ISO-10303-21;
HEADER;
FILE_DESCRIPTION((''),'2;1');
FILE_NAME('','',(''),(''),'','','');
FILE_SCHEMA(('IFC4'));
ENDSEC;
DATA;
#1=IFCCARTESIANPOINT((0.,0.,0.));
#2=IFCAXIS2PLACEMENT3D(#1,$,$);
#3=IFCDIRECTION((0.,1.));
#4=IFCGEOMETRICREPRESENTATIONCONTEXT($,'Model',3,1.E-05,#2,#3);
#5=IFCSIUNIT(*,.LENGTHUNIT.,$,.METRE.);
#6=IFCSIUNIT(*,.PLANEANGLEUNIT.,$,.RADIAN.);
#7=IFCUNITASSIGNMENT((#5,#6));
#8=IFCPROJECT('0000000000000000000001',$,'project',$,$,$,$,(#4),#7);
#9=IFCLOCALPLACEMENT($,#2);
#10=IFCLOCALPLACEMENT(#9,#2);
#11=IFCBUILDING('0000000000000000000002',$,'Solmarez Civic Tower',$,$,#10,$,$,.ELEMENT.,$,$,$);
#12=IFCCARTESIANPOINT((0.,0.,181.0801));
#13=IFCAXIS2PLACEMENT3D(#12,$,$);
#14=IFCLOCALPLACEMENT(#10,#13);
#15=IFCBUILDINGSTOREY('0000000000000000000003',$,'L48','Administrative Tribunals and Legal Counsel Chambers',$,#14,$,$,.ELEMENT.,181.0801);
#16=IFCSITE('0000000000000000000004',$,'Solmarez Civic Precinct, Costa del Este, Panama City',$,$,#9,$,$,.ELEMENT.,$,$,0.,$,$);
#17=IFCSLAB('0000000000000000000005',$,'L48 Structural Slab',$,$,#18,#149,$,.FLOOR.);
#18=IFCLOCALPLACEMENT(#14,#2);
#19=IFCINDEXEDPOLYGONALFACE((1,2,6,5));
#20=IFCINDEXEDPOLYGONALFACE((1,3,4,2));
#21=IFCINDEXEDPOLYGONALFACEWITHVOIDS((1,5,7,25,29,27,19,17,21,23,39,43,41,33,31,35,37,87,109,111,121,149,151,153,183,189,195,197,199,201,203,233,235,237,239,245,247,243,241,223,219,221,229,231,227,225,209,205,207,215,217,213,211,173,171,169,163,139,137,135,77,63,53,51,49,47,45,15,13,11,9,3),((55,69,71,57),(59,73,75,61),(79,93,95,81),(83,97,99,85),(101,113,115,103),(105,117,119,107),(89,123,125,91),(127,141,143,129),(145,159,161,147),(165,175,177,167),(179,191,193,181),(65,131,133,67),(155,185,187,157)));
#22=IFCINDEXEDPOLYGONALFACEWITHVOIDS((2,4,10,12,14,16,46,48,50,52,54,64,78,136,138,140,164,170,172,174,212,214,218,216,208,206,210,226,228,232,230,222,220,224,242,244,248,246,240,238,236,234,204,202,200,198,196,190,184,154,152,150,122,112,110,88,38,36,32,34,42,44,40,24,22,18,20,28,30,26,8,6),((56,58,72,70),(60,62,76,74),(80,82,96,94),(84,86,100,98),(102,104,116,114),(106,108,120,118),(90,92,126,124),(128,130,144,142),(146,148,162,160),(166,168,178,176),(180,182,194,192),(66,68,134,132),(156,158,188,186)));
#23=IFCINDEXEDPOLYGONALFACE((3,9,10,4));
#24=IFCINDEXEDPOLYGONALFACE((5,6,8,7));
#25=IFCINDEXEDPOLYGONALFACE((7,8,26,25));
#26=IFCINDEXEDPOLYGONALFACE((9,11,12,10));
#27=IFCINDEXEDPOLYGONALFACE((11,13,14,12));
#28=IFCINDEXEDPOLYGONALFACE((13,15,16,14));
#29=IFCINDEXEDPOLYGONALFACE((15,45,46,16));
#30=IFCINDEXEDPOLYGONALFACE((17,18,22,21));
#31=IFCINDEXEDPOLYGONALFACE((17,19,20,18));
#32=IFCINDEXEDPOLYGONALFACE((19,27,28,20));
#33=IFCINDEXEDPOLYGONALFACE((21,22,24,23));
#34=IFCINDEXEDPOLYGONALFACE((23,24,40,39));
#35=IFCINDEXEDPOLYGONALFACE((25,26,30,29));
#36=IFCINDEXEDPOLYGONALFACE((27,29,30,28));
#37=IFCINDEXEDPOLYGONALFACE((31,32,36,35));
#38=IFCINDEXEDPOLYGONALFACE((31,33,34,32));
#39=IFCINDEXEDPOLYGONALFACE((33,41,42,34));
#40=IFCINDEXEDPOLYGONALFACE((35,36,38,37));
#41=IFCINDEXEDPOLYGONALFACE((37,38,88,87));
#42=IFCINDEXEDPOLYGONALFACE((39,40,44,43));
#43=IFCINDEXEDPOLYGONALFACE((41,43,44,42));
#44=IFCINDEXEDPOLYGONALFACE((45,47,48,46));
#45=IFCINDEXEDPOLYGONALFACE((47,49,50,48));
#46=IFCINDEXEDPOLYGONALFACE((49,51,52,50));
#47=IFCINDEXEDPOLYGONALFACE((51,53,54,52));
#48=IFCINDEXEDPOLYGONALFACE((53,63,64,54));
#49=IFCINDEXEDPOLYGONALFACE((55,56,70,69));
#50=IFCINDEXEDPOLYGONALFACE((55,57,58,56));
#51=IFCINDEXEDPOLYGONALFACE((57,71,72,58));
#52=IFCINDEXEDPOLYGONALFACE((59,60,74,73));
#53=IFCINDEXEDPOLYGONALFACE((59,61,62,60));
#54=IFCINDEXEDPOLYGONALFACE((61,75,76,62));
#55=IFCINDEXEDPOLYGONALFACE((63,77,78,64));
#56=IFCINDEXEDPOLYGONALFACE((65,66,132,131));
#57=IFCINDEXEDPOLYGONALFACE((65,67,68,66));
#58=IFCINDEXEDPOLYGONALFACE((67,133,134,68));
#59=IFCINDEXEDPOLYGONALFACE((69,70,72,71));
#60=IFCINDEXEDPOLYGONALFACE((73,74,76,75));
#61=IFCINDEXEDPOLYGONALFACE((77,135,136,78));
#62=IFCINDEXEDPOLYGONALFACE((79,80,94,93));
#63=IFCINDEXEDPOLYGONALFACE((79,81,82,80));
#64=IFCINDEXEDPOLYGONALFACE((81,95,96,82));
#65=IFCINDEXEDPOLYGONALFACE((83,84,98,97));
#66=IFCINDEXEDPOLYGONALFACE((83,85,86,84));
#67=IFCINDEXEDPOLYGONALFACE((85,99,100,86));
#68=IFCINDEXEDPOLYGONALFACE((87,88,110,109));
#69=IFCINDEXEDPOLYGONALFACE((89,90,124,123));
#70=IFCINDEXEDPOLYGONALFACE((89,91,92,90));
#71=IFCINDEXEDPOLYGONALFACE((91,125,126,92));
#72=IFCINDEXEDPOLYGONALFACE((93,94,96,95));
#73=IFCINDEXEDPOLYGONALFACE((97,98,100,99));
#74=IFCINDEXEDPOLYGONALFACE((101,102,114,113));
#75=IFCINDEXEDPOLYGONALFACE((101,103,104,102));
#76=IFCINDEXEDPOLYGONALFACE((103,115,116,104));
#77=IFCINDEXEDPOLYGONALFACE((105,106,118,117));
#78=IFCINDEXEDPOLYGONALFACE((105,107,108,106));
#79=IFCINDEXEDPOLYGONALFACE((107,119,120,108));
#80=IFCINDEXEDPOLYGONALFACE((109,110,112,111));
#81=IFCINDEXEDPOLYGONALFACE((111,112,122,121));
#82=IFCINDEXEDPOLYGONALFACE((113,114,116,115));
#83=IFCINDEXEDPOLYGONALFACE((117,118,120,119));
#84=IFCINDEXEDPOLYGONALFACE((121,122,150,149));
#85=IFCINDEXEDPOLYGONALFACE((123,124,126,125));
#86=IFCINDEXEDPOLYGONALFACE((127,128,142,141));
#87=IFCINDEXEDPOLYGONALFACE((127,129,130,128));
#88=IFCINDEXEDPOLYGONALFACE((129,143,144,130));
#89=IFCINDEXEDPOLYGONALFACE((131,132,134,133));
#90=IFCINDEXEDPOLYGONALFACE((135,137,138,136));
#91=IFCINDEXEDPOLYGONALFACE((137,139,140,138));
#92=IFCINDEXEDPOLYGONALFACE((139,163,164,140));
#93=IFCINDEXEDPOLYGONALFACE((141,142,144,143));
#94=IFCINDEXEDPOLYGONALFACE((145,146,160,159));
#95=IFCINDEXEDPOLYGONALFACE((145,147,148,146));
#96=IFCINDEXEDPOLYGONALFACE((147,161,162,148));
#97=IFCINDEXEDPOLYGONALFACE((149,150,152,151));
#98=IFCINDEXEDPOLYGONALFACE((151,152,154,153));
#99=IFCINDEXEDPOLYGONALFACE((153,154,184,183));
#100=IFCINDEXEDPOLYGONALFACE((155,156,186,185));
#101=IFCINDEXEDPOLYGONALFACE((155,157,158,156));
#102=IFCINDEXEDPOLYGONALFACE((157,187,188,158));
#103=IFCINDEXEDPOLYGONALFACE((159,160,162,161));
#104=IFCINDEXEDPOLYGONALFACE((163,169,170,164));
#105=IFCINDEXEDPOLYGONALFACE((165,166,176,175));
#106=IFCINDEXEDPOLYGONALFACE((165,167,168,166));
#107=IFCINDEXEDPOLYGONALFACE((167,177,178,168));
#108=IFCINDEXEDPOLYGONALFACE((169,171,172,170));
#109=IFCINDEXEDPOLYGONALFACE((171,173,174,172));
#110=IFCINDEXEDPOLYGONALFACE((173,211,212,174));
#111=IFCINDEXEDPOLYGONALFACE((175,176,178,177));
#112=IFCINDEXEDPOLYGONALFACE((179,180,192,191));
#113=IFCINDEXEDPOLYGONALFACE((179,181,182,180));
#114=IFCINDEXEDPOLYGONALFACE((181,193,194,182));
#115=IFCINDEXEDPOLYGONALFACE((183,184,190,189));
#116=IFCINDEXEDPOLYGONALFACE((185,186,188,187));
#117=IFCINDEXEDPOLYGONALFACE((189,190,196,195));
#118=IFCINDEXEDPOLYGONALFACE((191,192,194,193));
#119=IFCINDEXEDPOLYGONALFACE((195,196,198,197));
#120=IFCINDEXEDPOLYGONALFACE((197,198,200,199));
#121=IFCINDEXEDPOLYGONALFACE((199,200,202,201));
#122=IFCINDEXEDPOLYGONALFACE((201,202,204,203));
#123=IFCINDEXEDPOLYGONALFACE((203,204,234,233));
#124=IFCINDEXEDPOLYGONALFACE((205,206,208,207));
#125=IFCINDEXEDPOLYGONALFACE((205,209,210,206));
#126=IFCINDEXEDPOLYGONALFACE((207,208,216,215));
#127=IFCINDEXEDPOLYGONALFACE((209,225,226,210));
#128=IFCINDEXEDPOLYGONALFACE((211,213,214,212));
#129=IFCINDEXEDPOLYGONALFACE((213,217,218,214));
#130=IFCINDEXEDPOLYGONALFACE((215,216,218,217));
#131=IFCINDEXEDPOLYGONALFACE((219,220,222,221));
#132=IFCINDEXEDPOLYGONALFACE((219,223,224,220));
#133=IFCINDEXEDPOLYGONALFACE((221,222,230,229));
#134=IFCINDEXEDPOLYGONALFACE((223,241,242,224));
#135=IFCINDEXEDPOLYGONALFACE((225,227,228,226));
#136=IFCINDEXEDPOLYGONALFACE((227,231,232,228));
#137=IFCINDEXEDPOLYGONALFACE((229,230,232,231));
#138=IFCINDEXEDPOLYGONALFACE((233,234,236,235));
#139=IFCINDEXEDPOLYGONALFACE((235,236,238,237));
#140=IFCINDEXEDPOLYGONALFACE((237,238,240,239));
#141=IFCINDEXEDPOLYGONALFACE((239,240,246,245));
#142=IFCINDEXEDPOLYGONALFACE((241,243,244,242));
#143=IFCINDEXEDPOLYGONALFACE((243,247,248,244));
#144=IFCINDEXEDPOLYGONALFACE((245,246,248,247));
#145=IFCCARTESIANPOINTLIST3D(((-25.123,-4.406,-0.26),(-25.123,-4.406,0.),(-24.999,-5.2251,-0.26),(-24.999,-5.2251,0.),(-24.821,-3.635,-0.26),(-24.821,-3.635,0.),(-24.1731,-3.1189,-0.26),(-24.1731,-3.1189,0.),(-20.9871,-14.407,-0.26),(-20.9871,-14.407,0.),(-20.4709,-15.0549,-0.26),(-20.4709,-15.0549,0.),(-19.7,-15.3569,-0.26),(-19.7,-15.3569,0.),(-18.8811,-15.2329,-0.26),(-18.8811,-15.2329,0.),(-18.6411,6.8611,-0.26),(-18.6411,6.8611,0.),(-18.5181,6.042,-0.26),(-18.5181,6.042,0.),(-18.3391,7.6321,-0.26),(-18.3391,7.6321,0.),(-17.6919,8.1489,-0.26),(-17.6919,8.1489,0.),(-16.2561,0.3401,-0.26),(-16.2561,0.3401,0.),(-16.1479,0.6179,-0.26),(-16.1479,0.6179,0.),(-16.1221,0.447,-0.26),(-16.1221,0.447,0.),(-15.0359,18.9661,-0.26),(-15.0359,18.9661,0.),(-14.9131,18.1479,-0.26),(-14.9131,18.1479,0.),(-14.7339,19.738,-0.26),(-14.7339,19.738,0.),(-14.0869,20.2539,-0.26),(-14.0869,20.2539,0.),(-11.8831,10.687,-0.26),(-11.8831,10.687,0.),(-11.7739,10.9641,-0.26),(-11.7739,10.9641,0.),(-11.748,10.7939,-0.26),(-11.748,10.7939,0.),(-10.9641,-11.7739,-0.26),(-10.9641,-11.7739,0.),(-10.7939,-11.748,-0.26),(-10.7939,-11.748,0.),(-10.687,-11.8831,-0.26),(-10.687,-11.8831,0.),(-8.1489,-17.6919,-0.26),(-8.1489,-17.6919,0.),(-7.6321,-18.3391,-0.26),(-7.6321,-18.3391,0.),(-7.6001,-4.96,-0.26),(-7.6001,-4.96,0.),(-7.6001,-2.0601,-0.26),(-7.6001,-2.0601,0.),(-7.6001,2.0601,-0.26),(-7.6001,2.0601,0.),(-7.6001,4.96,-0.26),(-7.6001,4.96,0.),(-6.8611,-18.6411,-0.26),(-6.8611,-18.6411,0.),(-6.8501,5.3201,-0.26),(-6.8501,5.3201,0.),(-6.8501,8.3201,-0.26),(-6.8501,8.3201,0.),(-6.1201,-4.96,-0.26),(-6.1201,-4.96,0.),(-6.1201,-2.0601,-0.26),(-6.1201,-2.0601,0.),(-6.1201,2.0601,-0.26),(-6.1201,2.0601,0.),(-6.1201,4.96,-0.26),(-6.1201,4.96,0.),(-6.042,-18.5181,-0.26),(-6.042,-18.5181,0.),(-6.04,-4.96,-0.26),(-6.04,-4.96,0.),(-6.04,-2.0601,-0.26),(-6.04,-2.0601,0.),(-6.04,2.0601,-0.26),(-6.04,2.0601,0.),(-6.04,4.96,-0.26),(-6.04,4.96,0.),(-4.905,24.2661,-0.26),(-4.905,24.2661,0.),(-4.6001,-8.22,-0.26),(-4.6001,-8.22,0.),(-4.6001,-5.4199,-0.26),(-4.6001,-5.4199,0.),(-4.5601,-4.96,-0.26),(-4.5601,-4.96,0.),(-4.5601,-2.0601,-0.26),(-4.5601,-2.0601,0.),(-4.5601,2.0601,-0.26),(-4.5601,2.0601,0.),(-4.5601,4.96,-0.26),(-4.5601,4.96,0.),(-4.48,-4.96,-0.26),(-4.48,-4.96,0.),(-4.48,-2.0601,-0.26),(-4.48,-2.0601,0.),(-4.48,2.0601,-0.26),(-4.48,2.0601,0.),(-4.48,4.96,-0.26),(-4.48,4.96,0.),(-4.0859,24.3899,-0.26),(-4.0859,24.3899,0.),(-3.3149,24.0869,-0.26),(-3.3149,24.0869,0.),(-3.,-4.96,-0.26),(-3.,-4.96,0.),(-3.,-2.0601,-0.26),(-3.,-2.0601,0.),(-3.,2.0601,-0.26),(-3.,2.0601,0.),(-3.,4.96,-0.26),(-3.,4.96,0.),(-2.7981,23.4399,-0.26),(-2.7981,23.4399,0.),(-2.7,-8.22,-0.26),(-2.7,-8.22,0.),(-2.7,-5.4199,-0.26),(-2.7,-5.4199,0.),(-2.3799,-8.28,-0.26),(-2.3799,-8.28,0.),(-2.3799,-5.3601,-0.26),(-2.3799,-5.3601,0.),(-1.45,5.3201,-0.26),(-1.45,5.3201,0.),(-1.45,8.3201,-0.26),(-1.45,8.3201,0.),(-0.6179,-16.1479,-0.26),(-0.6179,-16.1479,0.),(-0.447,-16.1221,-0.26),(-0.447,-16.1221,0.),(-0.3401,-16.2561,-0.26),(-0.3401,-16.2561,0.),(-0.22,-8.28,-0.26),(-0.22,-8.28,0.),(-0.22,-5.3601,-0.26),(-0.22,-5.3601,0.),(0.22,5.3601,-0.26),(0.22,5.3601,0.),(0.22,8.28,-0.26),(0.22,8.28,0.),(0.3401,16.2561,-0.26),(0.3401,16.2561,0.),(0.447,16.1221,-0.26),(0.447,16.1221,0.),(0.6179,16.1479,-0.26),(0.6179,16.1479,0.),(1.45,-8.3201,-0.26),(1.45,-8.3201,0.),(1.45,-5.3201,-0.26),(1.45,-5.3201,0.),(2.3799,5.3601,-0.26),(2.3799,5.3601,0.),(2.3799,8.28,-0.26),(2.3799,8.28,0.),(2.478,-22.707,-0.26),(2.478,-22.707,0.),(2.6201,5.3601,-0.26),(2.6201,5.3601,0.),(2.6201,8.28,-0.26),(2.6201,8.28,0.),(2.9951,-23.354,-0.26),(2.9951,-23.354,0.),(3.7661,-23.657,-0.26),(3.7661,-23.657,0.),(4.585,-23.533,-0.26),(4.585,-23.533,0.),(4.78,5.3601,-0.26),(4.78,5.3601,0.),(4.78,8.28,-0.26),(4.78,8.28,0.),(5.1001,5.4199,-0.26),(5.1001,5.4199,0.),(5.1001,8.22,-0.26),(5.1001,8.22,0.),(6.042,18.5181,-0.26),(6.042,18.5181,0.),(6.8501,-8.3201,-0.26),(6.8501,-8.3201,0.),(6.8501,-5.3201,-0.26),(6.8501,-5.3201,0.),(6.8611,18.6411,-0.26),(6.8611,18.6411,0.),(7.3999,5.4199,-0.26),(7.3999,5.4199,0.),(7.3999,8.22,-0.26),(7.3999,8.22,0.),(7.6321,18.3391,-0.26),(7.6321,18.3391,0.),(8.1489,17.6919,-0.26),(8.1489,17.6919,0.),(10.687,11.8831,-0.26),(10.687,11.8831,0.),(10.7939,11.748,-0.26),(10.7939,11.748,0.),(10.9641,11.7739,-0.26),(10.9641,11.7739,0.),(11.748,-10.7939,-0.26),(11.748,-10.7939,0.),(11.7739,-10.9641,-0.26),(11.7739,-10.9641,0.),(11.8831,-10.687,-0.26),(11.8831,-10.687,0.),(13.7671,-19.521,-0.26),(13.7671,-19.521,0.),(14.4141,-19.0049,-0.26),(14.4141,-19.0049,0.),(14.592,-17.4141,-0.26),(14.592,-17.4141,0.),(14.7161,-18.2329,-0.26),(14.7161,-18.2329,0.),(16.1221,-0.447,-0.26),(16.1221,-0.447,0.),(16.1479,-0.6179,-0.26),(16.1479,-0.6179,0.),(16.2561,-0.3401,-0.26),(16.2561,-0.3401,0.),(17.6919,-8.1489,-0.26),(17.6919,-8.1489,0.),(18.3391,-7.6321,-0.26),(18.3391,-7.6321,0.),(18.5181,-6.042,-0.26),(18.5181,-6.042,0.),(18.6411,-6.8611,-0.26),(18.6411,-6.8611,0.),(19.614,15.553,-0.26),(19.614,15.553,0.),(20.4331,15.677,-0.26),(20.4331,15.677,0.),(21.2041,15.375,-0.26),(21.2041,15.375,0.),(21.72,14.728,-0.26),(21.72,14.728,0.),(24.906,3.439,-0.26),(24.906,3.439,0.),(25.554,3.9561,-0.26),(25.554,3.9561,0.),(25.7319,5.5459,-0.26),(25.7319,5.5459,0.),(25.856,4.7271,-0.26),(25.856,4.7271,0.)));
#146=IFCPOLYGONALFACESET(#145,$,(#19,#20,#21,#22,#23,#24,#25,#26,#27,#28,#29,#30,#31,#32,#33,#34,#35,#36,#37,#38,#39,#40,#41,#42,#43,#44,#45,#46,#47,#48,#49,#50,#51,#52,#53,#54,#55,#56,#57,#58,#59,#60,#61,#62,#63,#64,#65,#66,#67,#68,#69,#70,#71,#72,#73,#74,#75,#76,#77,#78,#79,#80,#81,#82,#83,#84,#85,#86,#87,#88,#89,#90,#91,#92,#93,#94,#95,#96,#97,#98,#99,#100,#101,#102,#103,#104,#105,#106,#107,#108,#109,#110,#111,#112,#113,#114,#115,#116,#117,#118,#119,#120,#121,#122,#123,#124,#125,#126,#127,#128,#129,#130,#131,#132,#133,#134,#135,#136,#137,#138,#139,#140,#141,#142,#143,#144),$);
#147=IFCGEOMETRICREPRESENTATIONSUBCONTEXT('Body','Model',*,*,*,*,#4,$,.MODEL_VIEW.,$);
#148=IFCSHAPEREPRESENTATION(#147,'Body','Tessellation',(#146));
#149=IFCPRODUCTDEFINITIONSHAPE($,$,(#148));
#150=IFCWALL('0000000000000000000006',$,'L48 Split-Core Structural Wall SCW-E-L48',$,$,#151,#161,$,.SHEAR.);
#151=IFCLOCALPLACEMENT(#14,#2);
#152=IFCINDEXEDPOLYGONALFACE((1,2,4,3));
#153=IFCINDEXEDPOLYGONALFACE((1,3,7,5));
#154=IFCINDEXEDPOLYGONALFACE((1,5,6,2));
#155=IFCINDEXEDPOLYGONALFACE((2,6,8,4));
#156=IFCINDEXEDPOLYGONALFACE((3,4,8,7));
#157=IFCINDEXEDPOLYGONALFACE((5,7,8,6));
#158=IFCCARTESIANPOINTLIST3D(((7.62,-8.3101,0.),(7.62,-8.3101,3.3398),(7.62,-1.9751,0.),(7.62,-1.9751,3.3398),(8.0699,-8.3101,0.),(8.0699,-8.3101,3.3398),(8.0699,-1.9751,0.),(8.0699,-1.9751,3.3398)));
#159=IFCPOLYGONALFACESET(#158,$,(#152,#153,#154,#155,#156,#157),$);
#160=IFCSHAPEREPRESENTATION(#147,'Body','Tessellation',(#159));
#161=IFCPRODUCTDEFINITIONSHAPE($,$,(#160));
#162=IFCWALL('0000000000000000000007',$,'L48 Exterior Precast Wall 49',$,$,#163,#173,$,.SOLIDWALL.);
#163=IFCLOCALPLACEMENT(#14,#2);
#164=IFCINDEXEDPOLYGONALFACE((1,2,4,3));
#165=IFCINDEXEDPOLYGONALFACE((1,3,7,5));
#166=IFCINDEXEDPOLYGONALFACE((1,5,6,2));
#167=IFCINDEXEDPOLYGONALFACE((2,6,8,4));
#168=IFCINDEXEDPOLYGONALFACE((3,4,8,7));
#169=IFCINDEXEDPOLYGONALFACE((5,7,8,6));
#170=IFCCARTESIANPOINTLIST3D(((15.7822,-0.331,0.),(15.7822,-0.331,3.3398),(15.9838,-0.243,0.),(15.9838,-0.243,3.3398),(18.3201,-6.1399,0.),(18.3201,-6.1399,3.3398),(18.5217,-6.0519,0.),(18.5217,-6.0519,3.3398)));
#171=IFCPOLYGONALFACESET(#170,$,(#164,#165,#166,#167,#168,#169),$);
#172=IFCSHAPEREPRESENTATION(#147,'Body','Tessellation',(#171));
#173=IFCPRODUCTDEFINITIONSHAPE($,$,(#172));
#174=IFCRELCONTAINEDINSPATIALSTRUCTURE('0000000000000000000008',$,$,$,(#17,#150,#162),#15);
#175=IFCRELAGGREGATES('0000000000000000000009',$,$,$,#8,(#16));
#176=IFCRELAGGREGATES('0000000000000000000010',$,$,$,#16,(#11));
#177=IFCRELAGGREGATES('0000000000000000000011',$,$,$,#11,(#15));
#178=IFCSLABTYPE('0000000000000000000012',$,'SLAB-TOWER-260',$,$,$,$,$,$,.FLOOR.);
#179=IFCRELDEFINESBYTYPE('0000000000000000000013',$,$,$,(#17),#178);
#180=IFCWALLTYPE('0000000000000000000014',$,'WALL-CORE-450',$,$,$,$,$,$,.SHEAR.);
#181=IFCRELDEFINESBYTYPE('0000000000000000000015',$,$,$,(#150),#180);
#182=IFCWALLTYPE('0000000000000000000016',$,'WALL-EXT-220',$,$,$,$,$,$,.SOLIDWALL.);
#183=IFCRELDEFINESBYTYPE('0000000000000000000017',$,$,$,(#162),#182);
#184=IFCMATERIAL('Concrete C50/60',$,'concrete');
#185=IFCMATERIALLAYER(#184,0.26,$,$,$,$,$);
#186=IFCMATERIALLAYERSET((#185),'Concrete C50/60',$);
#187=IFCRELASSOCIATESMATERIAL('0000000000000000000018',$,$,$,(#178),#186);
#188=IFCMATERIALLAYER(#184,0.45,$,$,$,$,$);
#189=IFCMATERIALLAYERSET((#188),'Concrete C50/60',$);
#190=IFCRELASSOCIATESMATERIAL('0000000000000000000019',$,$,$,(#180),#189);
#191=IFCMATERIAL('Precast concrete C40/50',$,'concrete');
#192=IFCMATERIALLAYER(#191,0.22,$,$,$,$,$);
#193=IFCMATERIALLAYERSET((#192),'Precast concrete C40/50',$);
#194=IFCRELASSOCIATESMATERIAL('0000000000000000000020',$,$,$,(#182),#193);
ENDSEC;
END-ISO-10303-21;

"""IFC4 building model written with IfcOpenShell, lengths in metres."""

from ifc_helpers import new_model, si_unit, direction, frame, frame_2d, origin, place, context, subcontext, project, spatial, polyline, rectangle, outline, extrude, material, layer, layer_set, type_object, element, save


model = new_model("IFC4")

# Units and contexts
model_context = context("Model", 3, precision=1e-05, world=origin(), true_north=direction((0.0, 1.0)))
body_context = subcontext(model_context, "Body", "Model", "MODEL_VIEW")
ifc_project = project(units=[si_unit("LENGTHUNIT", "METRE"), si_unit("PLANEANGLEUNIT", "RADIAN")], contexts=[model_context])

# Site, building, storey
site_placement = place(None, origin())
site = spatial("IfcSite", under=ifc_project, at=site_placement, Name="Solmarez Civic Precinct, Costa del Este, Panama City", CompositionType="ELEMENT", RefElevation=0.0)
building_placement = place(site_placement, origin())
building = spatial("IfcBuilding", under=site, at=building_placement, Name="Solmarez Civic Tower", CompositionType="ELEMENT")
storey_placement = place(building_placement, frame((0.0, 0.0, 181.0801)))
storey = spatial("IfcBuildingStorey", under=building, at=storey_placement, Name="L48", Description="Administrative Tribunals and Legal Counsel Chambers", CompositionType="ELEMENT", Elevation=181.0801)

# Shared definitions
ifc_material_1 = material(Name="Concrete C50/60", Category="concrete")

# Slab
ifc_layer_1 = layer(ifc_material_1, 0.26)
ifc_layer_set_1 = layer_set([ifc_layer_1], Name="Concrete C50/60")
slab_type_1 = type_object("IfcSlabType", Name="SLAB-TOWER-260", PredefinedType="FLOOR", material=ifc_layer_set_1)
slab_1_placement = place(storey_placement, frame((0.0, 0.0, -0.26)))
element("IfcSlab", 1, at=slab_1_placement, inside=storey, type_object=slab_type_1, Name="L48 Structural Slab", PredefinedType="FLOOR", context=body_context, shape_type="SweptSolid", body=[
    extrude(outline(polyline([(-10.687, -11.8831), (-8.1489, -17.6919), (-7.6321, -18.3391), (-6.8611, -18.6411), (-6.042, -18.5181), (-0.6179, -16.1479), (-0.447, -16.1221), (-0.3401, -16.2561), (2.478, -22.707), (2.9951, -23.354), (3.7661, -23.657), (4.585, -23.533), (13.7671, -19.521), (14.4141, -19.0049), (14.7161, -18.2329), (14.592, -17.4141), (11.7739, -10.9641), (11.748, -10.7939), (11.8831, -10.687), (17.6919, -8.1489), (18.3391, -7.6321), (18.6411, -6.8611), (18.5181, -6.042), (16.1479, -0.6179), (16.1221, -0.447), (16.2561, -0.3401), (24.906, 3.439), (25.554, 3.9561), (25.856, 4.7271), (25.7319, 5.5459), (21.72, 14.728), (21.2041, 15.375), (20.4331, 15.677), (19.614, 15.553), (10.9641, 11.7739), (10.7939, 11.748), (10.687, 11.8831), (8.1489, 17.6919), (7.6321, 18.3391), (6.8611, 18.6411), (6.042, 18.5181), (0.6179, 16.1479), (0.447, 16.1221), (0.3401, 16.2561), (-2.7981, 23.4399), (-3.3149, 24.0869), (-4.0859, 24.3899), (-4.905, 24.2661), (-14.0869, 20.2539), (-14.7339, 19.738), (-15.0359, 18.9661), (-14.9131, 18.1479), (-11.7739, 10.9641), (-11.748, 10.7939), (-11.8831, 10.687), (-17.6919, 8.1489), (-18.3391, 7.6321), (-18.6411, 6.8611), (-18.5181, 6.042), (-16.1479, 0.6179), (-16.1221, 0.447), (-16.2561, 0.3401), (-24.1731, -3.1189), (-24.821, -3.635), (-25.123, -4.406), (-24.999, -5.2251), (-20.9871, -14.407), (-20.4709, -15.0549), (-19.7, -15.3569), (-18.8811, -15.2329), (-10.9641, -11.7739), (-10.7939, -11.748), (-10.687, -11.8831)]), holes=[polyline([(-1.45, 8.3201), (-6.8501, 8.3201), (-6.8501, 5.3201), (-1.45, 5.3201), (-1.45, 8.3201)]), polyline([(1.45, -8.3201), (6.8501, -8.3201), (6.8501, -5.3201), (1.45, -5.3201), (1.45, -8.3201)]), polyline([(0.22, 5.3601), (2.3799, 5.3601), (2.3799, 8.28), (0.22, 8.28), (0.22, 5.3601)]), polyline([(2.6201, 5.3601), (4.78, 5.3601), (4.78, 8.28), (2.6201, 8.28), (2.6201, 5.3601)]), polyline([(-2.3799, -8.28), (-0.22, -8.28), (-0.22, -5.3601), (-2.3799, -5.3601), (-2.3799, -8.28)]), polyline([(-7.6001, -4.96), (-6.1201, -4.96), (-6.1201, -2.0601), (-7.6001, -2.0601), (-7.6001, -4.96)]), polyline([(-6.04, -4.96), (-4.5601, -4.96), (-4.5601, -2.0601), (-6.04, -2.0601), (-6.04, -4.96)]), polyline([(-4.48, -4.96), (-3.0, -4.96), (-3.0, -2.0601), (-4.48, -2.0601), (-4.48, -4.96)]), polyline([(-7.6001, 2.0601), (-6.1201, 2.0601), (-6.1201, 4.96), (-7.6001, 4.96), (-7.6001, 2.0601)]), polyline([(-6.04, 2.0601), (-4.5601, 2.0601), (-4.5601, 4.96), (-6.04, 4.96), (-6.04, 2.0601)]), polyline([(-4.48, 2.0601), (-3.0, 2.0601), (-3.0, 4.96), (-4.48, 4.96), (-4.48, 2.0601)]), polyline([(5.1001, 5.4199), (7.3999, 5.4199), (7.3999, 8.22), (5.1001, 8.22), (5.1001, 5.4199)]), polyline([(-4.6001, -8.22), (-2.7, -8.22), (-2.7, -5.4199), (-4.6001, -5.4199), (-4.6001, -8.22)])]), origin(), (0.0, 0.0, 1.0), 0.26),
])

# Walls
ifc_layer_2 = layer(ifc_material_1, 0.45)
ifc_layer_set_2 = layer_set([ifc_layer_2], Name="Concrete C50/60")
wall_type_1 = type_object("IfcWallType", Name="WALL-CORE-450", PredefinedType="SHEAR", material=ifc_layer_set_2)
wall_1_placement = place(storey_placement, frame((7.845, -1.9751, 0.0), z_axis=(0.0, 0.0, 1.0), x_axis=(0.0, -1.0, 0.0)))
element("IfcWall", 2, at=wall_1_placement, inside=storey, type_object=wall_type_1, Name="L48 Split-Core Structural Wall SCW-E-L48", PredefinedType="SHEAR", context=body_context, shape_type="SweptSolid", body=[
    extrude(rectangle(XDim=6.335, YDim=0.45, at=frame_2d((3.1675, 0.0))), origin(), (0.0, 0.0, 1.0), 3.3398),
])
ifc_material_2 = material(Name="Precast concrete C40/50", Category="concrete")
ifc_layer_3 = layer(ifc_material_2, 0.22)
ifc_layer_set_3 = layer_set([ifc_layer_3], Name="Precast concrete C40/50")
wall_type_2 = type_object("IfcWallType", Name="WALL-EXT-220", PredefinedType="SOLIDWALL", material=ifc_layer_set_3)
wall_2_placement = place(storey_placement, frame((15.8831, -0.2871, 0.0), z_axis=(0.0, 0.0, 1.0), x_axis=(0.400352, -0.916361, 0.0)))
element("IfcWall", 3, at=wall_2_placement, inside=storey, type_object=wall_type_2, Name="L48 Exterior Precast Wall 49", PredefinedType="SOLIDWALL", context=body_context, shape_type="SweptSolid", body=[
    extrude(rectangle(XDim=6.3391, YDim=0.22, at=frame_2d((3.1694, 0.0))), origin(), (0.0, 0.0, 1.0), 3.3398),
])

save(model, "model.ifc")
